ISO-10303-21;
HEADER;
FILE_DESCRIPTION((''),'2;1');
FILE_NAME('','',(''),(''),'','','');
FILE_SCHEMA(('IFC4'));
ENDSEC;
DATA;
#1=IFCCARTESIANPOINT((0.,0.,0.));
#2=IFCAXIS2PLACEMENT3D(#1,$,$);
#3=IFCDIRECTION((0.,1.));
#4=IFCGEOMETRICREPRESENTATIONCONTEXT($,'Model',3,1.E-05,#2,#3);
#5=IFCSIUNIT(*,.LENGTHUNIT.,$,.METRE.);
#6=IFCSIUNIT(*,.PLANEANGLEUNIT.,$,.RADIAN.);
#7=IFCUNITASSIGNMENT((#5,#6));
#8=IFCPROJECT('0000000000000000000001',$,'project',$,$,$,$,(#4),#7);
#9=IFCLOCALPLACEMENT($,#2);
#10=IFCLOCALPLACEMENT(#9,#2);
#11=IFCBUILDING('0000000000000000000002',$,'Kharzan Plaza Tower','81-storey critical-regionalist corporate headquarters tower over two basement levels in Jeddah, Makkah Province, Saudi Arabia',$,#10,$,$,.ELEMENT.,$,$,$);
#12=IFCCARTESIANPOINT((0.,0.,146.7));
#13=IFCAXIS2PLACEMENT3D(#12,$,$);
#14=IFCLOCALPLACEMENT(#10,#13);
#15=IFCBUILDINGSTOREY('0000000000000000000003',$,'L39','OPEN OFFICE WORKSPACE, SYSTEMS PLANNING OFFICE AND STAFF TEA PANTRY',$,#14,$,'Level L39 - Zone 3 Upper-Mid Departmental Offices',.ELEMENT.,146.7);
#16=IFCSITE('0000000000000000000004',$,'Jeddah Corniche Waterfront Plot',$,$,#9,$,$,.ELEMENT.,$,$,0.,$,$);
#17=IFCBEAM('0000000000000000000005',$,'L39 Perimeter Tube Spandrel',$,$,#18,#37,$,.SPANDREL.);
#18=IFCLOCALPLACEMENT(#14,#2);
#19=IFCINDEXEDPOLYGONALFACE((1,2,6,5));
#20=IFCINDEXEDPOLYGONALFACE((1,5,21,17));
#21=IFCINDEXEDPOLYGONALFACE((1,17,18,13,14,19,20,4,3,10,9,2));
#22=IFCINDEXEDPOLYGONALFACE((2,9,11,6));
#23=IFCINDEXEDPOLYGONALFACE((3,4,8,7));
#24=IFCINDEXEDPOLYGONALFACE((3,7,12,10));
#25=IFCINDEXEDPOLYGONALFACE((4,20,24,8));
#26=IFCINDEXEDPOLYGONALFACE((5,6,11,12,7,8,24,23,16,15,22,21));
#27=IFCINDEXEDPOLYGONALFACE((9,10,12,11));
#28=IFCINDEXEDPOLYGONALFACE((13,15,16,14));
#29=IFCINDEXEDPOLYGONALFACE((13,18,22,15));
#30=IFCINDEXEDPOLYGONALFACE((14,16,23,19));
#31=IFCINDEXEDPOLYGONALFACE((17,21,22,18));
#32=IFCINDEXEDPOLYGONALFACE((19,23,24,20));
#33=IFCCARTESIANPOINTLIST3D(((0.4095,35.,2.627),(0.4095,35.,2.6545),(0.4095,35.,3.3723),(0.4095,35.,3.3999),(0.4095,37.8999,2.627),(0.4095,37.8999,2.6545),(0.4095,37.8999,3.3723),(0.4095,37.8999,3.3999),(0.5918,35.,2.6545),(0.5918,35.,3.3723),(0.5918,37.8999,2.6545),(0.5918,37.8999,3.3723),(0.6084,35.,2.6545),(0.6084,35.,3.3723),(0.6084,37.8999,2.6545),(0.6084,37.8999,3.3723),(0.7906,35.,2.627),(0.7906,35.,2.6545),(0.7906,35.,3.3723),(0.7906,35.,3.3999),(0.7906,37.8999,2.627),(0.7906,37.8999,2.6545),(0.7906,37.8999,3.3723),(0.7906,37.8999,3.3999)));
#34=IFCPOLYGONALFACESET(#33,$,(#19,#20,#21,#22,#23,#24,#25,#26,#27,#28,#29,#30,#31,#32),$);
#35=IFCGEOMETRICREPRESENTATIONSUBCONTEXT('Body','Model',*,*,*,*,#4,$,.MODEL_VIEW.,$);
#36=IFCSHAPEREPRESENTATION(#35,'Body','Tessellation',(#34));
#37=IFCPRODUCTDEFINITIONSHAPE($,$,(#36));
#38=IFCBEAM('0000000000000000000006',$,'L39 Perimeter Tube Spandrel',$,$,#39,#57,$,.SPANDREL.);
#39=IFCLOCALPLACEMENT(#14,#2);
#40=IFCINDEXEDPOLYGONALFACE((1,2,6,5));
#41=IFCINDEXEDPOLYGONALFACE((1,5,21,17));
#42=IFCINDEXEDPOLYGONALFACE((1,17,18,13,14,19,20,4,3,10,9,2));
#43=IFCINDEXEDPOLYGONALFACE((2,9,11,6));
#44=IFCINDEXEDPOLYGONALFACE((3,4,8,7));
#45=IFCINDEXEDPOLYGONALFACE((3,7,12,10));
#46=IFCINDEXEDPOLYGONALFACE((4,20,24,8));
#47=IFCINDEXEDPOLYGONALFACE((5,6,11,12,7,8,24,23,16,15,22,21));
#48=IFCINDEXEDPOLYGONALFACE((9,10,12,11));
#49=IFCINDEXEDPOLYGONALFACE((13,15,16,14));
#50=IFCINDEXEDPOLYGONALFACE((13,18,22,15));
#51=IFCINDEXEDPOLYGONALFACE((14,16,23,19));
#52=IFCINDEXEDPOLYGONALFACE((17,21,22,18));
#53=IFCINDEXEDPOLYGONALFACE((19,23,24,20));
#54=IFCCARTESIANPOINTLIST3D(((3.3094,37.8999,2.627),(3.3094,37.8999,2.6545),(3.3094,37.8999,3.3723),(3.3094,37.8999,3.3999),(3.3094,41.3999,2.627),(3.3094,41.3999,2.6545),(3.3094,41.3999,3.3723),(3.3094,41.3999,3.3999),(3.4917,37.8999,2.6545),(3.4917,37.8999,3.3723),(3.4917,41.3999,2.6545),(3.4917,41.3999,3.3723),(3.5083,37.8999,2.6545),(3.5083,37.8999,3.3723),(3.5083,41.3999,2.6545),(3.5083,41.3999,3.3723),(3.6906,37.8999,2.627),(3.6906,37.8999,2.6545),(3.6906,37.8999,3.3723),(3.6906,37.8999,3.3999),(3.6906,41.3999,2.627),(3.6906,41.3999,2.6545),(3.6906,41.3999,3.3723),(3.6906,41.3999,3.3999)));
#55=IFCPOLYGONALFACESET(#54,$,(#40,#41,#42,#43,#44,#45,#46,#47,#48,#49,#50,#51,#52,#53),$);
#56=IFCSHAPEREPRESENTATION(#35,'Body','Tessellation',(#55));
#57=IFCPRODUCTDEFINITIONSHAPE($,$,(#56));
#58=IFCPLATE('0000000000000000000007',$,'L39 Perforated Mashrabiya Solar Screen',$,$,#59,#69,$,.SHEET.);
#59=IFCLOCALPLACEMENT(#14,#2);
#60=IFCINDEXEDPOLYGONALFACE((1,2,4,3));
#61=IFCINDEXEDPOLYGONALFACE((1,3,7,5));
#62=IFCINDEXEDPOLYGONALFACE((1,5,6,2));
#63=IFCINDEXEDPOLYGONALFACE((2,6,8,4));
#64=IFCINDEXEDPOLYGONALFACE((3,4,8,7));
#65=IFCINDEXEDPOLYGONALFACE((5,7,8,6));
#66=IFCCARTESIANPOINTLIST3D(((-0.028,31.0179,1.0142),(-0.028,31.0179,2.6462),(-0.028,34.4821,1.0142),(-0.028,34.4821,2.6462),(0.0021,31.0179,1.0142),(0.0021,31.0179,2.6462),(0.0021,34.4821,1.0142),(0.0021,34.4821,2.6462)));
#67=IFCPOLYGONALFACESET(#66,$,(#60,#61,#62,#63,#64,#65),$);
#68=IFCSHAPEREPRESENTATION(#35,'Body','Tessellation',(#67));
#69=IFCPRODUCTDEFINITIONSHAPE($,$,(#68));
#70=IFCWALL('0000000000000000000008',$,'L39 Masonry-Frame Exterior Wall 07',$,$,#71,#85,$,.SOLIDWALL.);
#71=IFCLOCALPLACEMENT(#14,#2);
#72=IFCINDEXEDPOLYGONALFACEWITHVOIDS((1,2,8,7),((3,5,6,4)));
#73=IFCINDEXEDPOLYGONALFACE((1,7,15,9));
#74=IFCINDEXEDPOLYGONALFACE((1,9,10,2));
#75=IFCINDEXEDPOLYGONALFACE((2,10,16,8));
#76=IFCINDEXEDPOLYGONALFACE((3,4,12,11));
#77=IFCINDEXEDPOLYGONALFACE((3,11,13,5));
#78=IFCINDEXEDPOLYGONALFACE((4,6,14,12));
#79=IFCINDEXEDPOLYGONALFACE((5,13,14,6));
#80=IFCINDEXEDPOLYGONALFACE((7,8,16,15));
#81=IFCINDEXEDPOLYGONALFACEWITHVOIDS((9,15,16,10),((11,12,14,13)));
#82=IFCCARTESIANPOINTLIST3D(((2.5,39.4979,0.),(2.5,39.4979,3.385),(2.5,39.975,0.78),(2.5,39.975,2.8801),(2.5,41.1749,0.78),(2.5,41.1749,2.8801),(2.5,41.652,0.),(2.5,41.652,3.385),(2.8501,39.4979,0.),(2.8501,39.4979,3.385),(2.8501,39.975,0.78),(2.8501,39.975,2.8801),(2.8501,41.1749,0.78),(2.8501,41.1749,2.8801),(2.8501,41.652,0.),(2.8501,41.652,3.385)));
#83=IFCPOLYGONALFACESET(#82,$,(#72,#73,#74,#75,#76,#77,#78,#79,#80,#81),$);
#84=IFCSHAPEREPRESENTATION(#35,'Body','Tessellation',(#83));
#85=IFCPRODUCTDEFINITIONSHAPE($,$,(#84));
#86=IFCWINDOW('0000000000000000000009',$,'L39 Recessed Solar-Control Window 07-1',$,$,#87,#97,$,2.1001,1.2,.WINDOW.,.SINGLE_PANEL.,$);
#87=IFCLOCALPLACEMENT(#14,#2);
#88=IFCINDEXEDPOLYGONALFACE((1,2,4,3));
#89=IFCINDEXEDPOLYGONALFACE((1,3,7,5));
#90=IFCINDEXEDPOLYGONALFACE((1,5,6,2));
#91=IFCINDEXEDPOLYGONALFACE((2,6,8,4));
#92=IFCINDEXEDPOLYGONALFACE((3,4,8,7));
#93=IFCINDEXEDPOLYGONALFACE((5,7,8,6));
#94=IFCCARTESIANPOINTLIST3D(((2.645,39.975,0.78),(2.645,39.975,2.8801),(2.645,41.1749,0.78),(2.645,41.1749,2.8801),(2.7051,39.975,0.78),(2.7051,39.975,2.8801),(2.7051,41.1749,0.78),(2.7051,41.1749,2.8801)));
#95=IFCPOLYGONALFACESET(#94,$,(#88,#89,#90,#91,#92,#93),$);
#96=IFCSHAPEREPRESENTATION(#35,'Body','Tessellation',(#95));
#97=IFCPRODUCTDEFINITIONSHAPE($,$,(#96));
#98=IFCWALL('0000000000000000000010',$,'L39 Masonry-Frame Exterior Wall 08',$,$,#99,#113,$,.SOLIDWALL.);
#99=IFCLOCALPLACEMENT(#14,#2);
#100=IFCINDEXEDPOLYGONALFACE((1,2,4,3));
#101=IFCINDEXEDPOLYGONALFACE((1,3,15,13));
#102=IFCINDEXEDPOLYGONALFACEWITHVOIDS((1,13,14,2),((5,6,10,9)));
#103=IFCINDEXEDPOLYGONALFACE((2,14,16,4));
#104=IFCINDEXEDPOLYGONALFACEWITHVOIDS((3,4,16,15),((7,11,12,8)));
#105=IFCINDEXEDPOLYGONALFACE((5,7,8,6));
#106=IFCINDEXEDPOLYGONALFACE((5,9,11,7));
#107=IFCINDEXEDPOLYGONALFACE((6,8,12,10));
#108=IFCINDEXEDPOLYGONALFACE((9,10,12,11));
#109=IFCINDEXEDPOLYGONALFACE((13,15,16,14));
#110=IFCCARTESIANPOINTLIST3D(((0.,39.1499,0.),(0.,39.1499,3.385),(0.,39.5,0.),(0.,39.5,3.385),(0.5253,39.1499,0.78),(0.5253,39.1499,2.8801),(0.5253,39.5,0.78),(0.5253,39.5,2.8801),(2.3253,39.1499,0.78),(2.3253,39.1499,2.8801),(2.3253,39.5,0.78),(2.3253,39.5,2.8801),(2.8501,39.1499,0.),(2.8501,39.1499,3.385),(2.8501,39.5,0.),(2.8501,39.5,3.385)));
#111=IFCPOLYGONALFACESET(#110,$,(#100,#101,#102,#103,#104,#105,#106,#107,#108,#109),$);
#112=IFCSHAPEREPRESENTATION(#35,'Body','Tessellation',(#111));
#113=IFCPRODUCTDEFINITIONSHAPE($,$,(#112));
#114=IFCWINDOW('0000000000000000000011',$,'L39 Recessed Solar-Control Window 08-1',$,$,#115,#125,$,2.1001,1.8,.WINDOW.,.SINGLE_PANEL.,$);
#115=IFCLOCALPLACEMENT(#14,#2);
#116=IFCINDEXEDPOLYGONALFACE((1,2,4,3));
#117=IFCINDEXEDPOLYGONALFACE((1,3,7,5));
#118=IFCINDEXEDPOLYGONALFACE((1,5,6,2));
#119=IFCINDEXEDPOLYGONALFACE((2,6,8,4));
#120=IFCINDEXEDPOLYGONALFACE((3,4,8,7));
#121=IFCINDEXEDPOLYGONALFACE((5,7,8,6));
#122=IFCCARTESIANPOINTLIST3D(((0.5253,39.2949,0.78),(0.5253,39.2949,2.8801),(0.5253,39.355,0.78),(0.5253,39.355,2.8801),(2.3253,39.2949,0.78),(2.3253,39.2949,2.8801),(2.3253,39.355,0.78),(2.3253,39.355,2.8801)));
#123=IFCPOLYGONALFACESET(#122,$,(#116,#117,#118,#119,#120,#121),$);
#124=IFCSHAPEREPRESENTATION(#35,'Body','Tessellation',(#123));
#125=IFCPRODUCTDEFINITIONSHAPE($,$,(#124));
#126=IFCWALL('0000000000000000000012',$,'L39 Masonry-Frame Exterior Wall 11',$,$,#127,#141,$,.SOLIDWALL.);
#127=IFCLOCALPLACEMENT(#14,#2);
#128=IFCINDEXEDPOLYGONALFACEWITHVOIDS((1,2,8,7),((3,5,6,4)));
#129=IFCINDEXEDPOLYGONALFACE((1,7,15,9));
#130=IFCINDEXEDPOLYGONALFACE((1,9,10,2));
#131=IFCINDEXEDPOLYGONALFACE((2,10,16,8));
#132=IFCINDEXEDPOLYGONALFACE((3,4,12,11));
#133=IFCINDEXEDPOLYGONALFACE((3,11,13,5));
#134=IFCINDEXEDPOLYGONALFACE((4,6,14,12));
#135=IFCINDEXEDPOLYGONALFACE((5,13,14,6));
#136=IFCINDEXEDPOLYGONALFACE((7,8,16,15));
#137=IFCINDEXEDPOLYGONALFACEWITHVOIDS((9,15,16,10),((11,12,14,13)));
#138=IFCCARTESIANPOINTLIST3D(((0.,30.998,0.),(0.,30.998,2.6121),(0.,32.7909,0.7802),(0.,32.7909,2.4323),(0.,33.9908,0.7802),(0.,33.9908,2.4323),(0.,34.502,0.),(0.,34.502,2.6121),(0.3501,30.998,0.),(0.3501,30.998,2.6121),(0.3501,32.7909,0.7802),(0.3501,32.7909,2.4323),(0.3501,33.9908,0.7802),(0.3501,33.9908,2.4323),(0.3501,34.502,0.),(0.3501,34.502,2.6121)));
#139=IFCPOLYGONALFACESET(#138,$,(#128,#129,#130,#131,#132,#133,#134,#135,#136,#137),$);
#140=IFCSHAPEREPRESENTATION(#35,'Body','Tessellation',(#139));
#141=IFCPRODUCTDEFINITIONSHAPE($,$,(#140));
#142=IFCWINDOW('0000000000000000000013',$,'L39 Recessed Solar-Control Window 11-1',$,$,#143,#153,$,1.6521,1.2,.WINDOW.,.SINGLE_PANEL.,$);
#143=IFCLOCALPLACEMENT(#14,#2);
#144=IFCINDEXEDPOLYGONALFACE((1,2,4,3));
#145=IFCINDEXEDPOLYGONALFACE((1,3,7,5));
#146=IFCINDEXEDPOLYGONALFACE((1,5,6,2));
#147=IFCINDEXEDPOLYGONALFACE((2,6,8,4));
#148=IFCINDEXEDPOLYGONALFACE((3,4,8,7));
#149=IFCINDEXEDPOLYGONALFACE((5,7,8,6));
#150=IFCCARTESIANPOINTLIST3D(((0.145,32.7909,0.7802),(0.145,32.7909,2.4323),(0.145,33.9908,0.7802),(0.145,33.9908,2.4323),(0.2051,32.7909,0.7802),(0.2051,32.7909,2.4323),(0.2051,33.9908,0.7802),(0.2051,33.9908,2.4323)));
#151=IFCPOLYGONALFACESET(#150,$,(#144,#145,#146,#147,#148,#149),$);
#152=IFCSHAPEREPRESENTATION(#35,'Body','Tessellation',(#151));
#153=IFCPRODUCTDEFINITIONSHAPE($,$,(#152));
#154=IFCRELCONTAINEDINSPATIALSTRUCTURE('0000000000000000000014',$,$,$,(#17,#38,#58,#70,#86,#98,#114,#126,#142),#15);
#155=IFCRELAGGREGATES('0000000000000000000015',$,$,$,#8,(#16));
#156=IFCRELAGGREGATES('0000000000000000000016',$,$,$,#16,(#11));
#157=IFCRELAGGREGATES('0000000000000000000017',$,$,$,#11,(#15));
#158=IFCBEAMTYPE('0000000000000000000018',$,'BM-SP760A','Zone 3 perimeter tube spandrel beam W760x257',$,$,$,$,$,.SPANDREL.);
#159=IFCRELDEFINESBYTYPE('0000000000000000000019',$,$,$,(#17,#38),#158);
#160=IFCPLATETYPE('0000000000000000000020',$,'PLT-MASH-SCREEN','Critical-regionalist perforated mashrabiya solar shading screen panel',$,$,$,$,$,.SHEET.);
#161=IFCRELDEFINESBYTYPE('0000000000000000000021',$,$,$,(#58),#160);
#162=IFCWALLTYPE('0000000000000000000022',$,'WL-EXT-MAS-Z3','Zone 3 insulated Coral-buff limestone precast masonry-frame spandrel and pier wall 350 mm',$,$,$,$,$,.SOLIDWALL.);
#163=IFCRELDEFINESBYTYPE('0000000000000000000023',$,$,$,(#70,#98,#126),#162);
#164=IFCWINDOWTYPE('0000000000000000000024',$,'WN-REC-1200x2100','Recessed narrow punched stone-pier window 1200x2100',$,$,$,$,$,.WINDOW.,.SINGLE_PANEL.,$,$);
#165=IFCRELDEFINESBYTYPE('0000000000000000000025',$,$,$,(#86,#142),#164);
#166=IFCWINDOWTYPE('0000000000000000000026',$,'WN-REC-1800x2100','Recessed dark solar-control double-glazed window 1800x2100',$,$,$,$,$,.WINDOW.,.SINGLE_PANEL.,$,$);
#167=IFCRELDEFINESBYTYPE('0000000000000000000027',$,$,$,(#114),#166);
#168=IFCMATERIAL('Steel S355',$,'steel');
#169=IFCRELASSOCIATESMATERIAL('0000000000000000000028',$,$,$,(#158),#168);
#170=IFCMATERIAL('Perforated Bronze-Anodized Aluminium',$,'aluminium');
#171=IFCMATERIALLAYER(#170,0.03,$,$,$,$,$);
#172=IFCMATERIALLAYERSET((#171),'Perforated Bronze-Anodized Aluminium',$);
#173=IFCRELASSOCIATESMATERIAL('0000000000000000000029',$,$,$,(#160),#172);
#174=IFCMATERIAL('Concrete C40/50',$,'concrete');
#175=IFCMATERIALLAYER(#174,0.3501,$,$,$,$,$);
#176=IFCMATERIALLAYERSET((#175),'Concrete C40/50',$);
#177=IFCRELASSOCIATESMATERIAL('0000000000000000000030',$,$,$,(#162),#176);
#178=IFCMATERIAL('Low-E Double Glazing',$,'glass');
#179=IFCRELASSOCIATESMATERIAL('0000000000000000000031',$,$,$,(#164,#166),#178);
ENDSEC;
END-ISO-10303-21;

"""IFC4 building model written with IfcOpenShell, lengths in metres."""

from ifc_helpers import new_model, si_unit, direction, frame, frame_2d, origin, origin_2d, place, context, subcontext, project, spatial, rectangle, i_section, extrude, source, transform, mapped, material, layer, layer_set, material_profile, profile_set, type_object, element, fill, save


model = new_model("IFC4")

# Units and contexts
model_context = context("Model", 3, precision=1e-05, world=origin(), true_north=direction((0.0, 1.0)))
body_context = subcontext(model_context, "Body", "Model", "MODEL_VIEW")
ifc_project = project(units=[si_unit("LENGTHUNIT", "METRE"), si_unit("PLANEANGLEUNIT", "RADIAN")], contexts=[model_context])

# Site, building, storey
site_placement = place(None, origin())
site = spatial("IfcSite", under=ifc_project, at=site_placement, Name="Jeddah Corniche Waterfront Plot", CompositionType="ELEMENT", RefElevation=0.0)
building_placement = place(site_placement, origin())
building = spatial("IfcBuilding", under=site, at=building_placement, Name="Kharzan Plaza Tower", Description="81-storey critical-regionalist corporate headquarters tower over two basement levels in Jeddah, Makkah Province, Saudi Arabia", CompositionType="ELEMENT")
storey_placement = place(building_placement, frame((0.0, 0.0, 146.7)))
storey = spatial("IfcBuildingStorey", under=building, at=storey_placement, Name="L39", Description="OPEN OFFICE WORKSPACE, SYSTEMS PLANNING OFFICE AND STAFF TEA PANTRY", LongName="Level L39 - Zone 3 Upper-Mid Departmental Offices", CompositionType="ELEMENT", Elevation=146.7)

# Beams
ifc_material_1 = material(Name="Steel S355", Category="steel")
ifc_material_profile_1 = material_profile(ifc_material_1, i_section(OverallWidth=0.3811, OverallDepth=0.7729, WebThickness=0.0166, FlangeThickness=0.0276, at=origin_2d()), Name="W760x257")
ifc_profile_set_1 = profile_set([ifc_material_profile_1], Name="Steel S355")
beam_type_1 = type_object("IfcBeamType", Name="BM-SP760A", Description="Zone 3 perimeter tube spandrel beam W760x257", PredefinedType="SPANDREL", material=ifc_profile_set_1)
shared_shape_1 = source(origin(), body_context, "Body", "SweptSolid", [
    extrude(i_section(OverallWidth=0.3811, OverallDepth=0.7729, WebThickness=0.0166, FlangeThickness=0.0276, at=origin_2d()), origin(), (0.0, 0.0, 1.0), 2.8999),
])
beam_1_placement = place(storey_placement, frame((0.6001, 35.0, 3.0134), z_axis=(0.0, 1.0, 0.0), x_axis=(-1.0, 0.0, 0.0)))
element("IfcBeam", 1, at=beam_1_placement, inside=storey, type_object=beam_type_1, Name="L39 Perimeter Tube Spandrel", PredefinedType="SPANDREL", context=body_context, shape_type="MappedRepresentation", body=[
    mapped(shared_shape_1, transform((0.0, 0.0, 0.0), x_axis=(1.0, 0.0, 0.0), y_axis=(0.0, 1.0, 0.0), z_axis=(0.0, 0.0, 1.0))),
])
shared_shape_2 = source(origin(), body_context, "Body", "SweptSolid", [
    extrude(i_section(OverallWidth=0.3811, OverallDepth=0.7729, WebThickness=0.0166, FlangeThickness=0.0276, at=origin_2d()), origin(), (0.0, 0.0, 1.0), 3.5),
])
beam_2_placement = place(storey_placement, frame((3.5, 37.8999, 3.0134), z_axis=(0.0, 1.0, 0.0), x_axis=(-1.0, 0.0, 0.0)))
element("IfcBeam", 2, at=beam_2_placement, inside=storey, type_object=beam_type_1, Name="L39 Perimeter Tube Spandrel", PredefinedType="SPANDREL", context=body_context, shape_type="MappedRepresentation", body=[
    mapped(shared_shape_2, transform((0.0, 0.0, 0.0), x_axis=(1.0, 0.0, 0.0), y_axis=(0.0, 1.0, 0.0), z_axis=(0.0, 0.0, 1.0))),
])

# Plate
ifc_material_2 = material(Name="Perforated Bronze-Anodized Aluminium", Category="aluminium")
ifc_layer_1 = layer(ifc_material_2, 0.03)
ifc_layer_set_1 = layer_set([ifc_layer_1], Name="Perforated Bronze-Anodized Aluminium")
plate_type = type_object("IfcPlateType", Name="PLT-MASH-SCREEN", Description="Critical-regionalist perforated mashrabiya solar shading screen panel", PredefinedType="SHEET", material=ifc_layer_set_1)
shared_shape_3 = source(origin(), body_context, "Body", "SweptSolid", [
    extrude(rectangle(XDim=3.4641, YDim=0.03, at=origin_2d()), origin(), (0.0, 0.0, 1.0), 1.6321),
])
plate_placement = place(storey_placement, frame((-0.0129, 32.75, 1.0142), z_axis=(0.0, 0.0, 1.0), x_axis=(0.0, -1.0, 0.0)))
element("IfcPlate", 3, at=plate_placement, inside=storey, type_object=plate_type, Name="L39 Perforated Mashrabiya Solar Screen", PredefinedType="SHEET", context=body_context, shape_type="MappedRepresentation", body=[
    mapped(shared_shape_3, transform((0.0, 0.0, 0.0), x_axis=(1.0, 0.0, 0.0), y_axis=(0.0, 1.0, 0.0), z_axis=(0.0, 0.0, 1.0))),
])

# Walls, openings, windows
ifc_material_3 = material(Name="Concrete C40/50", Category="concrete")
ifc_layer_2 = layer(ifc_material_3, 0.3501)
ifc_layer_set_2 = layer_set([ifc_layer_2], Name="Concrete C40/50")
wall_type_1 = type_object("IfcWallType", Name="WL-EXT-MAS-Z3", Description="Zone 3 insulated Coral-buff limestone precast masonry-frame spandrel and pier wall 350 mm", PredefinedType="SOLIDWALL", material=ifc_layer_set_2)
wall_1_placement = place(storey_placement, frame((2.675, 41.6521, 0.0), z_axis=(0.0, 0.0, 1.0), x_axis=(0.0, -1.0, 0.0)))
wall_1 = element("IfcWall", 4, at=wall_1_placement, inside=storey, type_object=wall_type_1, Name="L39 Masonry-Frame Exterior Wall 07", PredefinedType="SOLIDWALL", context=body_context, shape_type="SweptSolid", body=[
    extrude(rectangle(XDim=2.1541, YDim=0.3501, at=frame_2d((1.0771, 0.0))), origin(), (0.0, 0.0, 1.0), 3.385),
])
opening_1_placement = place(wall_1_placement, frame((0.4771, 0.0, 0.78)))
opening_1 = element("IfcOpeningElement", 5, at=opening_1_placement, cuts=wall_1, PredefinedType="OPENING", context=body_context, shape_type="SweptSolid", body=[
    extrude(rectangle(XDim=1.2, YDim=2.1001, at=frame_2d((0.6001, 1.05))), frame((0.0, 0.1851, 0.0), z_axis=(0.0, -1.0, 0.0), x_axis=(1.0, 0.0, 0.0)), (0.0, 0.0, 1.0), 0.3701),
])
ifc_material_4 = material(Name="Low-E Double Glazing", Category="glass")
window_type_1 = type_object("IfcWindowType", Name="WN-REC-1200x2100", Description="Recessed narrow punched stone-pier window 1200x2100", PartitioningType="SINGLE_PANEL", PredefinedType="WINDOW", material=ifc_material_4)
shared_shape_4 = source(origin(), body_context, "Body", "SweptSolid", [
    extrude(rectangle(XDim=1.2, YDim=2.1001, at=frame_2d((0.6001, 1.05))), frame((0.0, 0.03, 0.0), z_axis=(0.0, -1.0, 0.0), x_axis=(1.0, 0.0, 0.0)), (0.0, 0.0, 1.0), 0.0601),
])
window_1_placement = place(opening_1_placement, origin())
window_1 = element("IfcWindow", 6, at=window_1_placement, inside=storey, type_object=window_type_1, Name="L39 Recessed Solar-Control Window 07-1", OverallHeight=2.1001, OverallWidth=1.2, PartitioningType="SINGLE_PANEL", PredefinedType="WINDOW", context=body_context, shape_type="MappedRepresentation", body=[
    mapped(shared_shape_4, transform((0.0, 0.0, 0.0), x_axis=(1.0, 0.0, 0.0), y_axis=(0.0, 1.0, 0.0), z_axis=(0.0, 0.0, 1.0))),
])
fill(opening_1, window_1)
wall_2_placement = place(storey_placement, frame((2.8501, 39.325, 0.0), z_axis=(0.0, 0.0, 1.0), x_axis=(-1.0, 0.0, 0.0)))
wall_2 = element("IfcWall", 7, at=wall_2_placement, inside=storey, type_object=wall_type_1, Name="L39 Masonry-Frame Exterior Wall 08", PredefinedType="SOLIDWALL", context=body_context, shape_type="SweptSolid", body=[
    extrude(rectangle(XDim=2.8501, YDim=0.3501, at=frame_2d((1.425, 0.0))), origin(), (0.0, 0.0, 1.0), 3.385),
])
opening_2_placement = place(wall_2_placement, frame((0.5249, 0.0, 0.78)))
opening_2 = element("IfcOpeningElement", 8, at=opening_2_placement, cuts=wall_2, PredefinedType="OPENING", context=body_context, shape_type="SweptSolid", body=[
    extrude(rectangle(XDim=1.8, YDim=2.1001, at=frame_2d((0.8999, 1.05))), frame((0.0, 0.1851, 0.0), z_axis=(0.0, -1.0, 0.0), x_axis=(1.0, 0.0, 0.0)), (0.0, 0.0, 1.0), 0.3701),
])
window_type_2 = type_object("IfcWindowType", Name="WN-REC-1800x2100", Description="Recessed dark solar-control double-glazed window 1800x2100", PartitioningType="SINGLE_PANEL", PredefinedType="WINDOW", material=ifc_material_4)
shared_shape_5 = source(origin(), body_context, "Body", "SweptSolid", [
    extrude(rectangle(XDim=1.8, YDim=2.1001, at=frame_2d((0.8999, 1.05))), frame((0.0, 0.03, 0.0), z_axis=(0.0, -1.0, 0.0), x_axis=(1.0, 0.0, 0.0)), (0.0, 0.0, 1.0), 0.0601),
])
window_2_placement = place(opening_2_placement, origin())
window_2 = element("IfcWindow", 9, at=window_2_placement, inside=storey, type_object=window_type_2, Name="L39 Recessed Solar-Control Window 08-1", OverallHeight=2.1001, OverallWidth=1.8, PartitioningType="SINGLE_PANEL", PredefinedType="WINDOW", context=body_context, shape_type="MappedRepresentation", body=[
    mapped(shared_shape_5, transform((0.0, 0.0, 0.0), x_axis=(1.0, 0.0, 0.0), y_axis=(0.0, 1.0, 0.0), z_axis=(0.0, 0.0, 1.0))),
])
fill(opening_2, window_2)
wall_3_placement = place(storey_placement, frame((0.175, 34.502, 0.0), z_axis=(0.0, 0.0, 1.0), x_axis=(0.0, -1.0, 0.0)))
wall_3 = element("IfcWall", 10, at=wall_3_placement, inside=storey, type_object=wall_type_1, Name="L39 Masonry-Frame Exterior Wall 11", PredefinedType="SOLIDWALL", context=body_context, shape_type="SweptSolid", body=[
    extrude(rectangle(XDim=3.5039, YDim=0.3501, at=frame_2d((1.752, 0.0))), origin(), (0.0, 0.0, 1.0), 2.6121),
])
opening_3_placement = place(wall_3_placement, frame((0.511, 0.0, 0.78)))
opening_3 = element("IfcOpeningElement", 11, at=opening_3_placement, cuts=wall_3, PredefinedType="OPENING", context=body_context, shape_type="SweptSolid", body=[
    extrude(rectangle(XDim=1.2, YDim=1.6521, at=frame_2d((0.6001, 0.8262))), frame((0.0, 0.1851, 0.0), z_axis=(0.0, -1.0, 0.0), x_axis=(1.0, 0.0, 0.0)), (0.0, 0.0, 1.0), 0.3701),
])
shared_shape_6 = source(origin(), body_context, "Body", "SweptSolid", [
    extrude(rectangle(XDim=1.2, YDim=1.6521, at=frame_2d((0.6001, 0.8262))), frame((0.0, 0.03, 0.0), z_axis=(0.0, -1.0, 0.0), x_axis=(1.0, 0.0, 0.0)), (0.0, 0.0, 1.0), 0.0601),
])
window_3_placement = place(opening_3_placement, origin())
window_3 = element("IfcWindow", 12, at=window_3_placement, inside=storey, type_object=window_type_1, Name="L39 Recessed Solar-Control Window 11-1", OverallHeight=1.6521, OverallWidth=1.2, PartitioningType="SINGLE_PANEL", PredefinedType="WINDOW", context=body_context, shape_type="MappedRepresentation", body=[
    mapped(shared_shape_6, transform((0.0, 0.0, 0.0), x_axis=(1.0, 0.0, 0.0), y_axis=(0.0, 1.0, 0.0), z_axis=(0.0, 0.0, 1.0))),
])
fill(opening_3, window_3)

save(model, "model.ifc")
